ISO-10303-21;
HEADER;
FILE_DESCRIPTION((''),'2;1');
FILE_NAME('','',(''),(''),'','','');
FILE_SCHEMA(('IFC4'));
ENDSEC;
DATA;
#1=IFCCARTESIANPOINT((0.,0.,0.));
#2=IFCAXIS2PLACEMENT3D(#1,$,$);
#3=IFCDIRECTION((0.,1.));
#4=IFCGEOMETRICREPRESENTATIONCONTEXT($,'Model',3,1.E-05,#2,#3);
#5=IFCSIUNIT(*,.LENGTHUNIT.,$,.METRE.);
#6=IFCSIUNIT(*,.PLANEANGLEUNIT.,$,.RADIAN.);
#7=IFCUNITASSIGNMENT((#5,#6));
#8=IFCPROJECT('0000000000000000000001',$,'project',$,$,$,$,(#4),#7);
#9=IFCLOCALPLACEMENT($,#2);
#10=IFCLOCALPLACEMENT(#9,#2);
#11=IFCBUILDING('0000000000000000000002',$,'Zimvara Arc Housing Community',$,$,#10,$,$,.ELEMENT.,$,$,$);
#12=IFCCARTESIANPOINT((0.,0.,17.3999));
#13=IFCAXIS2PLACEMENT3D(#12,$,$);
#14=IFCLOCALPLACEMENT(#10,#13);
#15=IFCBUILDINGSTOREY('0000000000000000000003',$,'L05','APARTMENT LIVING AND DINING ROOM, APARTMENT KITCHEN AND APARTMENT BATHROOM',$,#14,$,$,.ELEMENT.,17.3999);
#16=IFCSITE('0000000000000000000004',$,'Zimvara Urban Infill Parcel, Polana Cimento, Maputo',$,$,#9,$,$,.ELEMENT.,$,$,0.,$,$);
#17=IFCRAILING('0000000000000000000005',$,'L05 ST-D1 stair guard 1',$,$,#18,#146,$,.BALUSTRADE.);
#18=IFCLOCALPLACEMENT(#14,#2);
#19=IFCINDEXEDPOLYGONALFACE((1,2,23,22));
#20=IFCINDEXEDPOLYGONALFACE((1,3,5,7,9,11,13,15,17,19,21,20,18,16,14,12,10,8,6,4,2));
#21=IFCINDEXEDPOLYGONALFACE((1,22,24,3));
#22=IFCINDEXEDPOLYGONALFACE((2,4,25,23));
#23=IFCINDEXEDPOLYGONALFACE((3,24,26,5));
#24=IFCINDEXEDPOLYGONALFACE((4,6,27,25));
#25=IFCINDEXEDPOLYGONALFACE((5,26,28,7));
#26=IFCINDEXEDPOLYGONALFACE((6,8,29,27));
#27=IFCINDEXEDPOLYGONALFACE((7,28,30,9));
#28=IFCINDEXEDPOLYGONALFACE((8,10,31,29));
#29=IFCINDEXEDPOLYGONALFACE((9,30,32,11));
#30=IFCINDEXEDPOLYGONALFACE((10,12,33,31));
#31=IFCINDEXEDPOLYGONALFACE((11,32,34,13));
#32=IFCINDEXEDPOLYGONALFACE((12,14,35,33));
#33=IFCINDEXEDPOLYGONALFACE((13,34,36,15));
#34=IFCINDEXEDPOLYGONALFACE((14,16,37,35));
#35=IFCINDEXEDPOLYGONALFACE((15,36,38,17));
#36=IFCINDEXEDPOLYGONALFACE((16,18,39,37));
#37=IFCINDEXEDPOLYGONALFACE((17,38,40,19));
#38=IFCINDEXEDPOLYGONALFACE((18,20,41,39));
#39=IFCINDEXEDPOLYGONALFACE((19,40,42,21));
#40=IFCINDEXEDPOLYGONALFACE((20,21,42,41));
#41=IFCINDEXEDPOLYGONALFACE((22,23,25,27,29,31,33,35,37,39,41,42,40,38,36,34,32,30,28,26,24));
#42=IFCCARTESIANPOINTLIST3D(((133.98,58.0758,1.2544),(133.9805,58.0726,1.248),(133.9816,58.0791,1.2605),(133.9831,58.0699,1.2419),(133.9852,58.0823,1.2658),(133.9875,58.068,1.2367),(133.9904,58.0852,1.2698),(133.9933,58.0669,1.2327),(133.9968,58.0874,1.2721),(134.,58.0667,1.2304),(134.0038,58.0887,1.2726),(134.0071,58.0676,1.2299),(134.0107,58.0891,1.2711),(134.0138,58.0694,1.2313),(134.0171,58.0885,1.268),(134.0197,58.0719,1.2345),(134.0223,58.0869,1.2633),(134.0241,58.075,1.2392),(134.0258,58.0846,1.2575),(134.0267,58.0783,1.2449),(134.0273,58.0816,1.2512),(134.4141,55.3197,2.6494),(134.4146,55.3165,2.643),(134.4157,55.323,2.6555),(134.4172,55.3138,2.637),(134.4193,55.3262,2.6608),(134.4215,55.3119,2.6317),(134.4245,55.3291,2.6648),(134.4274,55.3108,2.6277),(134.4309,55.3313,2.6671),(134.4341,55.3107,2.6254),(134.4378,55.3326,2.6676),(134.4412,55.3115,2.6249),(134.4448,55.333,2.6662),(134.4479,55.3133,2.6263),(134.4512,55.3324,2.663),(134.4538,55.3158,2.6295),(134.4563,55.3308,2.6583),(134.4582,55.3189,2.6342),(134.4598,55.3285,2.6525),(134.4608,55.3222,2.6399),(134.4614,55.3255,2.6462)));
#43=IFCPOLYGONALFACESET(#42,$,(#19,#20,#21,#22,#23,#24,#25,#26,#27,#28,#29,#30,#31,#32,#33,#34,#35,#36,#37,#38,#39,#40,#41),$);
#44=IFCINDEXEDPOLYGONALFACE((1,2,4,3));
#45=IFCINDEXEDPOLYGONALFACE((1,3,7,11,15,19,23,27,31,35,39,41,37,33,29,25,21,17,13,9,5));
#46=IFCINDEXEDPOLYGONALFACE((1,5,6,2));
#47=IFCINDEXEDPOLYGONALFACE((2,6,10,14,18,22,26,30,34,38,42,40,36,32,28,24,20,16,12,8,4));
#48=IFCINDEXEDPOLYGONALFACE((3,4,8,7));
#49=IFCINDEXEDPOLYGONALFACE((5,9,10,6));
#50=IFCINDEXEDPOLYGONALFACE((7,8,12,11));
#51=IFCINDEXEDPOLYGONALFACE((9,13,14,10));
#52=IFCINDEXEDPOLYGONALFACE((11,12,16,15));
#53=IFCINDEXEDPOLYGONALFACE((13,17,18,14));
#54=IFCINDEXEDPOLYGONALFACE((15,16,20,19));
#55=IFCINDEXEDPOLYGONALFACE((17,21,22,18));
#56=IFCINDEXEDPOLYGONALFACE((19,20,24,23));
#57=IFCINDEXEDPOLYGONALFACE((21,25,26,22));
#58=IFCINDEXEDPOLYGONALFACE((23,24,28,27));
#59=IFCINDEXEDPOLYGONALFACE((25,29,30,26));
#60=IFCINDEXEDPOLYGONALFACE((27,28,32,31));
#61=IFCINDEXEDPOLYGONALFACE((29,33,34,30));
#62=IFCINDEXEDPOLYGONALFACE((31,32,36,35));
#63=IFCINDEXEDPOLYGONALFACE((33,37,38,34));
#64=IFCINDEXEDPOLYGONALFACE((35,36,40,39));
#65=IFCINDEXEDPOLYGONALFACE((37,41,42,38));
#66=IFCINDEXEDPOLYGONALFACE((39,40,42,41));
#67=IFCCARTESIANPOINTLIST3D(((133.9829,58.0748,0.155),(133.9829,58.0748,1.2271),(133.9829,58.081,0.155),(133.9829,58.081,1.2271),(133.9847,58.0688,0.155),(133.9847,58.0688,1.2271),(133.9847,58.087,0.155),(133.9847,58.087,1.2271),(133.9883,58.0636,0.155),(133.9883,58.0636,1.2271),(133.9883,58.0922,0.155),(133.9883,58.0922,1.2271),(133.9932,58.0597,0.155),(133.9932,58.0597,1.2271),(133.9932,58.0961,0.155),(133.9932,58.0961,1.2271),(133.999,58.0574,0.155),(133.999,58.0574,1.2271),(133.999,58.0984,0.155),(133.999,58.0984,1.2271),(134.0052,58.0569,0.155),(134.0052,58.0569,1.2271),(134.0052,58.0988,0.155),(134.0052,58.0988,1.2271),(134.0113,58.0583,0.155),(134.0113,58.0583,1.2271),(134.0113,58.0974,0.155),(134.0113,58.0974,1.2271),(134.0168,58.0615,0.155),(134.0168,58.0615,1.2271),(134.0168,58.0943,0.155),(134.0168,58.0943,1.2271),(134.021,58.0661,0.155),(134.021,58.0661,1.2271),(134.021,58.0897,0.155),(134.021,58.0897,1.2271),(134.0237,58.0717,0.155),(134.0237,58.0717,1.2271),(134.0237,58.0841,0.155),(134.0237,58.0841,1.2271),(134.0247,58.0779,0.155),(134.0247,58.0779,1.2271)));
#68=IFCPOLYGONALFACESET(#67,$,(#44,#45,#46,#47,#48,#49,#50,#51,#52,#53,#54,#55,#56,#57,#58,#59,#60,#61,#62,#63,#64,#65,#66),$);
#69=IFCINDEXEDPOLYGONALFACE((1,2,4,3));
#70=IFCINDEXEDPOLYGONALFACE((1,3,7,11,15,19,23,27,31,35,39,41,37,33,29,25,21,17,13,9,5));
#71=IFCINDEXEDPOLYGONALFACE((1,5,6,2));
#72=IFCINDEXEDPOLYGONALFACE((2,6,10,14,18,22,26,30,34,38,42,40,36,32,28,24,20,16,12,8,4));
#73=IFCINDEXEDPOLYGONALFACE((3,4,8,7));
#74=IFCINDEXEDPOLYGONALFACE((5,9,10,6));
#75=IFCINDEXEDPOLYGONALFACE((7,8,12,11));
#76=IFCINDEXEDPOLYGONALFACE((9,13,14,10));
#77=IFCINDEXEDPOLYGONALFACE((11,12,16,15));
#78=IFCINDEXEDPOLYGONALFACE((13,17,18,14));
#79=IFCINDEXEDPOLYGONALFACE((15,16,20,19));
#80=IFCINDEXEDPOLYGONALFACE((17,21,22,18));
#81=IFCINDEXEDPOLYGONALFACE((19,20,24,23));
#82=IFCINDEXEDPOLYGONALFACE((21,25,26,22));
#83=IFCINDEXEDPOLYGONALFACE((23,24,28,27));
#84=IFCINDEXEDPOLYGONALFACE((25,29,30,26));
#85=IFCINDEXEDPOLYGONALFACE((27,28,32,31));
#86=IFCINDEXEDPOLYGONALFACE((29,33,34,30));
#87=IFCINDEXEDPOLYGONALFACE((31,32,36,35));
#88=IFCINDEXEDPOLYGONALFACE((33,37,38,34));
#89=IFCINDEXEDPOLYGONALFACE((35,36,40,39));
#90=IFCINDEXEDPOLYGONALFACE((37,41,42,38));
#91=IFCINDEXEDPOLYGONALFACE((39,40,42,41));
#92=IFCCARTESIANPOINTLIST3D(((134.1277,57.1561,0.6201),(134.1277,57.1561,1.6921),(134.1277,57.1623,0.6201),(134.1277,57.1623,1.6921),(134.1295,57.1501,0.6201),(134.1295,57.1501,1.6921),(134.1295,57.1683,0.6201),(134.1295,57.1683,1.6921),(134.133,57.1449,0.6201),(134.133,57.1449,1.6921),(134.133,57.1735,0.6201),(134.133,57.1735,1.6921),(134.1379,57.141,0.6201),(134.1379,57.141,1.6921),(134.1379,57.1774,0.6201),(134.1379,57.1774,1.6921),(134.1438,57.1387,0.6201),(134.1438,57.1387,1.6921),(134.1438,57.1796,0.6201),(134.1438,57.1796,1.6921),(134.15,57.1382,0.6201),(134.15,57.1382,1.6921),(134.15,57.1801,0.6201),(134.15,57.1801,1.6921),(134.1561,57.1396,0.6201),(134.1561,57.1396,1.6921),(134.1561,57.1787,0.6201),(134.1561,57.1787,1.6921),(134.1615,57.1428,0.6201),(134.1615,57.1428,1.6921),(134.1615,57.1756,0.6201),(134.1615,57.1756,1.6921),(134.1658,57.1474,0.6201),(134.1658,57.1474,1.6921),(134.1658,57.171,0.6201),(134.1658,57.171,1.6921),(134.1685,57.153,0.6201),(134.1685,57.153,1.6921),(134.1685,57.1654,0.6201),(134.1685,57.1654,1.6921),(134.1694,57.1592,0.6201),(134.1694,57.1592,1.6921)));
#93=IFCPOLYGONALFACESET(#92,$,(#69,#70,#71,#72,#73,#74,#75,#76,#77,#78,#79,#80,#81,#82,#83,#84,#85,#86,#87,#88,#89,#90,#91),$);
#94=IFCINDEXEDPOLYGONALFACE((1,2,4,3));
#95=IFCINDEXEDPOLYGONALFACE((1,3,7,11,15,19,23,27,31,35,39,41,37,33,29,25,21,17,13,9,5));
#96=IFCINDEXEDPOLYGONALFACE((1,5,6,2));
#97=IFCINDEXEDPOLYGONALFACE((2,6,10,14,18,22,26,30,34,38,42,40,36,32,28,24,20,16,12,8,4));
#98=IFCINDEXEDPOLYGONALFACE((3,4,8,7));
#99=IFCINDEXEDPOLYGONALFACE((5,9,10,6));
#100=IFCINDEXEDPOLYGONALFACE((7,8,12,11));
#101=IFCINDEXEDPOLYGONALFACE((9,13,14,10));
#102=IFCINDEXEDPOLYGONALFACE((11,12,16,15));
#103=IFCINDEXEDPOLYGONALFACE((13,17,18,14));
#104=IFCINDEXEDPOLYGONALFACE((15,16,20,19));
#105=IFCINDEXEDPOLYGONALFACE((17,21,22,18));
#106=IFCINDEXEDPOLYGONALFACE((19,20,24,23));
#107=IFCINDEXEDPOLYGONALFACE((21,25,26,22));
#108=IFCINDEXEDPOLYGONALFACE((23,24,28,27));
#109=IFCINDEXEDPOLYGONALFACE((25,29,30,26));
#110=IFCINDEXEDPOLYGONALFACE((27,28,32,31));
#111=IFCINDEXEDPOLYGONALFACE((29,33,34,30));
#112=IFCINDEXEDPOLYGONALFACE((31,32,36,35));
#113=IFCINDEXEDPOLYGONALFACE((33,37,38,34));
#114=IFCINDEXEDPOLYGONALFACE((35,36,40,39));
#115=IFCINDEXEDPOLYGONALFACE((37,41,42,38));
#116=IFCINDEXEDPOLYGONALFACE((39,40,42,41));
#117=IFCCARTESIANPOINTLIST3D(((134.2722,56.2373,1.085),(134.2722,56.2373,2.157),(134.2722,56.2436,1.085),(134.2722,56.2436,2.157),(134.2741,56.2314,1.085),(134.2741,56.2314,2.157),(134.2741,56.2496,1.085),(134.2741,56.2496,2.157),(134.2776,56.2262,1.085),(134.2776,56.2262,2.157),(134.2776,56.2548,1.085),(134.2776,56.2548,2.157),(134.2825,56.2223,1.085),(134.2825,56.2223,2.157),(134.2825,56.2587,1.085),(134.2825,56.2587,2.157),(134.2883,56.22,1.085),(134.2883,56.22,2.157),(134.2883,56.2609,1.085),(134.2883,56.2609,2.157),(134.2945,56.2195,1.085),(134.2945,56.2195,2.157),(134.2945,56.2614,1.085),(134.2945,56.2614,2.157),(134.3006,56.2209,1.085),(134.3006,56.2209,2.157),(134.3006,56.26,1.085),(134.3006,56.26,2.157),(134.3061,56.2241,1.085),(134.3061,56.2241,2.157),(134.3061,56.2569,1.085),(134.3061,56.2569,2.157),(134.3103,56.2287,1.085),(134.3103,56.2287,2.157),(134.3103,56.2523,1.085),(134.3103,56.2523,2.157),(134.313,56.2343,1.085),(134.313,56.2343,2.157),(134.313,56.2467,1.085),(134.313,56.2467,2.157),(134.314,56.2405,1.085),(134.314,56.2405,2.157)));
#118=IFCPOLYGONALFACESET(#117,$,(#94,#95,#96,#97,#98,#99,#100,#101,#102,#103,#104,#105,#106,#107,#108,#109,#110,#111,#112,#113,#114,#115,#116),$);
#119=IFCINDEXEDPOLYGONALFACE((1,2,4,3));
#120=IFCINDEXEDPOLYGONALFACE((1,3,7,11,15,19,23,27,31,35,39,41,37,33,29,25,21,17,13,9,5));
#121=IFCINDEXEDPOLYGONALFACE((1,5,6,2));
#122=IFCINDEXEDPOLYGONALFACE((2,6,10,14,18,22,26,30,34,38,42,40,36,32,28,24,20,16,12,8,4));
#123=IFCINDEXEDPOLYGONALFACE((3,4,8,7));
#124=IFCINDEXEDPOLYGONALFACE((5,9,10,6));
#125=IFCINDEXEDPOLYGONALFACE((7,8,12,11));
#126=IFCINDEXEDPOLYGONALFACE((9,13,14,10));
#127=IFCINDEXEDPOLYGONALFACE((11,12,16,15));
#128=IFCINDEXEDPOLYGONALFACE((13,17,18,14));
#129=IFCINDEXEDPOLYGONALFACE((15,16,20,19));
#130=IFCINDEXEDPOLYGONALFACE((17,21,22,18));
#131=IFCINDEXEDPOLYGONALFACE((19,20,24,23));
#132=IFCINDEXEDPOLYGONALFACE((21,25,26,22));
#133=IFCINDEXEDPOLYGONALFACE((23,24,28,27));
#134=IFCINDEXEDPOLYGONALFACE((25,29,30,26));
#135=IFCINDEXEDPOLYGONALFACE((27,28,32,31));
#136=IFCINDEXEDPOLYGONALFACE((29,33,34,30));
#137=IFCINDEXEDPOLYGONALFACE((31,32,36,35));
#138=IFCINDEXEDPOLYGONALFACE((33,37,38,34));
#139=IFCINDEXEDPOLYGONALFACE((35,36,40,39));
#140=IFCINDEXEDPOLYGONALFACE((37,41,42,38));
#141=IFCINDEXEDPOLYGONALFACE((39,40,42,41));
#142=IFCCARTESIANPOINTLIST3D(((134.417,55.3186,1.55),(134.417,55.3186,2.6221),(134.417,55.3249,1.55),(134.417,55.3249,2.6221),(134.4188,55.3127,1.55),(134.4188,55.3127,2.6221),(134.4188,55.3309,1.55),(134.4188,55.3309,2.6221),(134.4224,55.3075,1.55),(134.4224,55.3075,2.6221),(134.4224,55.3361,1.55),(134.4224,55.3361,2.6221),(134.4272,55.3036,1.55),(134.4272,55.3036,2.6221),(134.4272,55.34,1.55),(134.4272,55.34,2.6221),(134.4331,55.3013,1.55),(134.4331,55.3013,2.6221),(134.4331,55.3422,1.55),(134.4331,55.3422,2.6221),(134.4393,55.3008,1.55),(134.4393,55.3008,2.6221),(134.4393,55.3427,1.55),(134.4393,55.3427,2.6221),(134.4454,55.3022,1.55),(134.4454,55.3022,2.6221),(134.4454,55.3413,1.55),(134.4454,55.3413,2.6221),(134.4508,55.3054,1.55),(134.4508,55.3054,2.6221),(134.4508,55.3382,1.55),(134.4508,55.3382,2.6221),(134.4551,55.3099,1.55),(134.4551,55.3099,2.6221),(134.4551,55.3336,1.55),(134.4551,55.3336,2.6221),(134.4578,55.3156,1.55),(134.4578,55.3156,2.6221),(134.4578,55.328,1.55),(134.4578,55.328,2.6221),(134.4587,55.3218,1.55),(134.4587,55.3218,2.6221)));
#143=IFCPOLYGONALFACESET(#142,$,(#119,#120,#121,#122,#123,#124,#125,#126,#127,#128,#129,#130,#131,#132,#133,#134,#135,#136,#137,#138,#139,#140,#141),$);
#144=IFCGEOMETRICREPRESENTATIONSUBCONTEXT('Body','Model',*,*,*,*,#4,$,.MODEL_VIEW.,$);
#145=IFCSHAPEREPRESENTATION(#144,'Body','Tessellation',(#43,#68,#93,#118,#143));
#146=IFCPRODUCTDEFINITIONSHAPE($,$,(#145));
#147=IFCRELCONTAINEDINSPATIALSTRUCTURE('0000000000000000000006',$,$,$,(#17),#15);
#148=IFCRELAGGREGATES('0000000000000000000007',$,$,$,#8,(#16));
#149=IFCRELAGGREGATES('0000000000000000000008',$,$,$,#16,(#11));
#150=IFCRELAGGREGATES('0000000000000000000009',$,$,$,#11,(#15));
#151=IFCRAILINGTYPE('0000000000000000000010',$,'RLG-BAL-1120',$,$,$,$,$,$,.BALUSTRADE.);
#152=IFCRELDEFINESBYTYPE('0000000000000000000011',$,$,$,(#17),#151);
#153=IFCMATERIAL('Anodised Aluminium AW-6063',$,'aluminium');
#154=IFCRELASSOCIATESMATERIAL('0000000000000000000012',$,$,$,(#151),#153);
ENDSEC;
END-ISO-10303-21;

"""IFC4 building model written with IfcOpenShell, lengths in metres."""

from ifc_helpers import new_model, si_unit, direction, frame, origin, origin_2d, place, context, subcontext, project, spatial, circle, extrude, material, type_object, element, save


model = new_model("IFC4")

# Units and contexts
model_context = context("Model", 3, precision=1e-05, world=origin(), true_north=direction((0.0, 1.0)))
body_context = subcontext(model_context, "Body", "Model", "MODEL_VIEW")
ifc_project = project(units=[si_unit("LENGTHUNIT", "METRE"), si_unit("PLANEANGLEUNIT", "RADIAN")], contexts=[model_context])

# Site, building, storey
site_placement = place(None, origin())
site = spatial("IfcSite", under=ifc_project, at=site_placement, Name="Zimvara Urban Infill Parcel, Polana Cimento, Maputo", CompositionType="ELEMENT", RefElevation=0.0)
building_placement = place(site_placement, origin())
building = spatial("IfcBuilding", under=site, at=building_placement, Name="Zimvara Arc Housing Community", CompositionType="ELEMENT")
storey_placement = place(building_placement, frame((0.0, 0.0, 17.3999)))
storey = spatial("IfcBuildingStorey", under=building, at=storey_placement, Name="L05", Description="APARTMENT LIVING AND DINING ROOM, APARTMENT KITCHEN AND APARTMENT BATHROOM", CompositionType="ELEMENT", Elevation=17.3999)

# Railing
ifc_material_1 = material(Name="Anodised Aluminium AW-6063", Category="aluminium")
railing_type_1 = type_object("IfcRailingType", Name="RLG-BAL-1120", PredefinedType="BALUSTRADE", material=ifc_material_1)
railing_1_placement = place(storey_placement, frame((134.0037, 58.0779, 0.155)))
element("IfcRailing", 1, at=railing_1_placement, inside=storey, type_object=railing_type_1, Name="L05 ST-D1 stair guard 1", PredefinedType="BALUSTRADE", context=body_context, shape_type="SweptSolid", body=[
    extrude(circle(Radius=0.0239, at=origin_2d()), frame((0.0, 0.0, 1.0962), z_axis=(0.139156, -0.883538, 0.447209), x_axis=(0.987823, 0.155581, 0.0)), (0.0, 0.0, 1.0), 3.1194),
    extrude(circle(Radius=0.021, at=origin_2d()), origin(), (0.0, 0.0, 1.0), 1.072),
    extrude(circle(Radius=0.021, at=origin_2d()), frame((0.1448, -0.9187, 0.4651)), (0.0, 0.0, 1.0), 1.072),
    extrude(circle(Radius=0.021, at=origin_2d()), frame((0.2893, -1.8374, 0.9299)), (0.0, 0.0, 1.0), 1.072),
    extrude(circle(Radius=0.021, at=origin_2d()), frame((0.4341, -2.7561, 1.395)), (0.0, 0.0, 1.0), 1.072),
])

save(model, "model.ifc")
